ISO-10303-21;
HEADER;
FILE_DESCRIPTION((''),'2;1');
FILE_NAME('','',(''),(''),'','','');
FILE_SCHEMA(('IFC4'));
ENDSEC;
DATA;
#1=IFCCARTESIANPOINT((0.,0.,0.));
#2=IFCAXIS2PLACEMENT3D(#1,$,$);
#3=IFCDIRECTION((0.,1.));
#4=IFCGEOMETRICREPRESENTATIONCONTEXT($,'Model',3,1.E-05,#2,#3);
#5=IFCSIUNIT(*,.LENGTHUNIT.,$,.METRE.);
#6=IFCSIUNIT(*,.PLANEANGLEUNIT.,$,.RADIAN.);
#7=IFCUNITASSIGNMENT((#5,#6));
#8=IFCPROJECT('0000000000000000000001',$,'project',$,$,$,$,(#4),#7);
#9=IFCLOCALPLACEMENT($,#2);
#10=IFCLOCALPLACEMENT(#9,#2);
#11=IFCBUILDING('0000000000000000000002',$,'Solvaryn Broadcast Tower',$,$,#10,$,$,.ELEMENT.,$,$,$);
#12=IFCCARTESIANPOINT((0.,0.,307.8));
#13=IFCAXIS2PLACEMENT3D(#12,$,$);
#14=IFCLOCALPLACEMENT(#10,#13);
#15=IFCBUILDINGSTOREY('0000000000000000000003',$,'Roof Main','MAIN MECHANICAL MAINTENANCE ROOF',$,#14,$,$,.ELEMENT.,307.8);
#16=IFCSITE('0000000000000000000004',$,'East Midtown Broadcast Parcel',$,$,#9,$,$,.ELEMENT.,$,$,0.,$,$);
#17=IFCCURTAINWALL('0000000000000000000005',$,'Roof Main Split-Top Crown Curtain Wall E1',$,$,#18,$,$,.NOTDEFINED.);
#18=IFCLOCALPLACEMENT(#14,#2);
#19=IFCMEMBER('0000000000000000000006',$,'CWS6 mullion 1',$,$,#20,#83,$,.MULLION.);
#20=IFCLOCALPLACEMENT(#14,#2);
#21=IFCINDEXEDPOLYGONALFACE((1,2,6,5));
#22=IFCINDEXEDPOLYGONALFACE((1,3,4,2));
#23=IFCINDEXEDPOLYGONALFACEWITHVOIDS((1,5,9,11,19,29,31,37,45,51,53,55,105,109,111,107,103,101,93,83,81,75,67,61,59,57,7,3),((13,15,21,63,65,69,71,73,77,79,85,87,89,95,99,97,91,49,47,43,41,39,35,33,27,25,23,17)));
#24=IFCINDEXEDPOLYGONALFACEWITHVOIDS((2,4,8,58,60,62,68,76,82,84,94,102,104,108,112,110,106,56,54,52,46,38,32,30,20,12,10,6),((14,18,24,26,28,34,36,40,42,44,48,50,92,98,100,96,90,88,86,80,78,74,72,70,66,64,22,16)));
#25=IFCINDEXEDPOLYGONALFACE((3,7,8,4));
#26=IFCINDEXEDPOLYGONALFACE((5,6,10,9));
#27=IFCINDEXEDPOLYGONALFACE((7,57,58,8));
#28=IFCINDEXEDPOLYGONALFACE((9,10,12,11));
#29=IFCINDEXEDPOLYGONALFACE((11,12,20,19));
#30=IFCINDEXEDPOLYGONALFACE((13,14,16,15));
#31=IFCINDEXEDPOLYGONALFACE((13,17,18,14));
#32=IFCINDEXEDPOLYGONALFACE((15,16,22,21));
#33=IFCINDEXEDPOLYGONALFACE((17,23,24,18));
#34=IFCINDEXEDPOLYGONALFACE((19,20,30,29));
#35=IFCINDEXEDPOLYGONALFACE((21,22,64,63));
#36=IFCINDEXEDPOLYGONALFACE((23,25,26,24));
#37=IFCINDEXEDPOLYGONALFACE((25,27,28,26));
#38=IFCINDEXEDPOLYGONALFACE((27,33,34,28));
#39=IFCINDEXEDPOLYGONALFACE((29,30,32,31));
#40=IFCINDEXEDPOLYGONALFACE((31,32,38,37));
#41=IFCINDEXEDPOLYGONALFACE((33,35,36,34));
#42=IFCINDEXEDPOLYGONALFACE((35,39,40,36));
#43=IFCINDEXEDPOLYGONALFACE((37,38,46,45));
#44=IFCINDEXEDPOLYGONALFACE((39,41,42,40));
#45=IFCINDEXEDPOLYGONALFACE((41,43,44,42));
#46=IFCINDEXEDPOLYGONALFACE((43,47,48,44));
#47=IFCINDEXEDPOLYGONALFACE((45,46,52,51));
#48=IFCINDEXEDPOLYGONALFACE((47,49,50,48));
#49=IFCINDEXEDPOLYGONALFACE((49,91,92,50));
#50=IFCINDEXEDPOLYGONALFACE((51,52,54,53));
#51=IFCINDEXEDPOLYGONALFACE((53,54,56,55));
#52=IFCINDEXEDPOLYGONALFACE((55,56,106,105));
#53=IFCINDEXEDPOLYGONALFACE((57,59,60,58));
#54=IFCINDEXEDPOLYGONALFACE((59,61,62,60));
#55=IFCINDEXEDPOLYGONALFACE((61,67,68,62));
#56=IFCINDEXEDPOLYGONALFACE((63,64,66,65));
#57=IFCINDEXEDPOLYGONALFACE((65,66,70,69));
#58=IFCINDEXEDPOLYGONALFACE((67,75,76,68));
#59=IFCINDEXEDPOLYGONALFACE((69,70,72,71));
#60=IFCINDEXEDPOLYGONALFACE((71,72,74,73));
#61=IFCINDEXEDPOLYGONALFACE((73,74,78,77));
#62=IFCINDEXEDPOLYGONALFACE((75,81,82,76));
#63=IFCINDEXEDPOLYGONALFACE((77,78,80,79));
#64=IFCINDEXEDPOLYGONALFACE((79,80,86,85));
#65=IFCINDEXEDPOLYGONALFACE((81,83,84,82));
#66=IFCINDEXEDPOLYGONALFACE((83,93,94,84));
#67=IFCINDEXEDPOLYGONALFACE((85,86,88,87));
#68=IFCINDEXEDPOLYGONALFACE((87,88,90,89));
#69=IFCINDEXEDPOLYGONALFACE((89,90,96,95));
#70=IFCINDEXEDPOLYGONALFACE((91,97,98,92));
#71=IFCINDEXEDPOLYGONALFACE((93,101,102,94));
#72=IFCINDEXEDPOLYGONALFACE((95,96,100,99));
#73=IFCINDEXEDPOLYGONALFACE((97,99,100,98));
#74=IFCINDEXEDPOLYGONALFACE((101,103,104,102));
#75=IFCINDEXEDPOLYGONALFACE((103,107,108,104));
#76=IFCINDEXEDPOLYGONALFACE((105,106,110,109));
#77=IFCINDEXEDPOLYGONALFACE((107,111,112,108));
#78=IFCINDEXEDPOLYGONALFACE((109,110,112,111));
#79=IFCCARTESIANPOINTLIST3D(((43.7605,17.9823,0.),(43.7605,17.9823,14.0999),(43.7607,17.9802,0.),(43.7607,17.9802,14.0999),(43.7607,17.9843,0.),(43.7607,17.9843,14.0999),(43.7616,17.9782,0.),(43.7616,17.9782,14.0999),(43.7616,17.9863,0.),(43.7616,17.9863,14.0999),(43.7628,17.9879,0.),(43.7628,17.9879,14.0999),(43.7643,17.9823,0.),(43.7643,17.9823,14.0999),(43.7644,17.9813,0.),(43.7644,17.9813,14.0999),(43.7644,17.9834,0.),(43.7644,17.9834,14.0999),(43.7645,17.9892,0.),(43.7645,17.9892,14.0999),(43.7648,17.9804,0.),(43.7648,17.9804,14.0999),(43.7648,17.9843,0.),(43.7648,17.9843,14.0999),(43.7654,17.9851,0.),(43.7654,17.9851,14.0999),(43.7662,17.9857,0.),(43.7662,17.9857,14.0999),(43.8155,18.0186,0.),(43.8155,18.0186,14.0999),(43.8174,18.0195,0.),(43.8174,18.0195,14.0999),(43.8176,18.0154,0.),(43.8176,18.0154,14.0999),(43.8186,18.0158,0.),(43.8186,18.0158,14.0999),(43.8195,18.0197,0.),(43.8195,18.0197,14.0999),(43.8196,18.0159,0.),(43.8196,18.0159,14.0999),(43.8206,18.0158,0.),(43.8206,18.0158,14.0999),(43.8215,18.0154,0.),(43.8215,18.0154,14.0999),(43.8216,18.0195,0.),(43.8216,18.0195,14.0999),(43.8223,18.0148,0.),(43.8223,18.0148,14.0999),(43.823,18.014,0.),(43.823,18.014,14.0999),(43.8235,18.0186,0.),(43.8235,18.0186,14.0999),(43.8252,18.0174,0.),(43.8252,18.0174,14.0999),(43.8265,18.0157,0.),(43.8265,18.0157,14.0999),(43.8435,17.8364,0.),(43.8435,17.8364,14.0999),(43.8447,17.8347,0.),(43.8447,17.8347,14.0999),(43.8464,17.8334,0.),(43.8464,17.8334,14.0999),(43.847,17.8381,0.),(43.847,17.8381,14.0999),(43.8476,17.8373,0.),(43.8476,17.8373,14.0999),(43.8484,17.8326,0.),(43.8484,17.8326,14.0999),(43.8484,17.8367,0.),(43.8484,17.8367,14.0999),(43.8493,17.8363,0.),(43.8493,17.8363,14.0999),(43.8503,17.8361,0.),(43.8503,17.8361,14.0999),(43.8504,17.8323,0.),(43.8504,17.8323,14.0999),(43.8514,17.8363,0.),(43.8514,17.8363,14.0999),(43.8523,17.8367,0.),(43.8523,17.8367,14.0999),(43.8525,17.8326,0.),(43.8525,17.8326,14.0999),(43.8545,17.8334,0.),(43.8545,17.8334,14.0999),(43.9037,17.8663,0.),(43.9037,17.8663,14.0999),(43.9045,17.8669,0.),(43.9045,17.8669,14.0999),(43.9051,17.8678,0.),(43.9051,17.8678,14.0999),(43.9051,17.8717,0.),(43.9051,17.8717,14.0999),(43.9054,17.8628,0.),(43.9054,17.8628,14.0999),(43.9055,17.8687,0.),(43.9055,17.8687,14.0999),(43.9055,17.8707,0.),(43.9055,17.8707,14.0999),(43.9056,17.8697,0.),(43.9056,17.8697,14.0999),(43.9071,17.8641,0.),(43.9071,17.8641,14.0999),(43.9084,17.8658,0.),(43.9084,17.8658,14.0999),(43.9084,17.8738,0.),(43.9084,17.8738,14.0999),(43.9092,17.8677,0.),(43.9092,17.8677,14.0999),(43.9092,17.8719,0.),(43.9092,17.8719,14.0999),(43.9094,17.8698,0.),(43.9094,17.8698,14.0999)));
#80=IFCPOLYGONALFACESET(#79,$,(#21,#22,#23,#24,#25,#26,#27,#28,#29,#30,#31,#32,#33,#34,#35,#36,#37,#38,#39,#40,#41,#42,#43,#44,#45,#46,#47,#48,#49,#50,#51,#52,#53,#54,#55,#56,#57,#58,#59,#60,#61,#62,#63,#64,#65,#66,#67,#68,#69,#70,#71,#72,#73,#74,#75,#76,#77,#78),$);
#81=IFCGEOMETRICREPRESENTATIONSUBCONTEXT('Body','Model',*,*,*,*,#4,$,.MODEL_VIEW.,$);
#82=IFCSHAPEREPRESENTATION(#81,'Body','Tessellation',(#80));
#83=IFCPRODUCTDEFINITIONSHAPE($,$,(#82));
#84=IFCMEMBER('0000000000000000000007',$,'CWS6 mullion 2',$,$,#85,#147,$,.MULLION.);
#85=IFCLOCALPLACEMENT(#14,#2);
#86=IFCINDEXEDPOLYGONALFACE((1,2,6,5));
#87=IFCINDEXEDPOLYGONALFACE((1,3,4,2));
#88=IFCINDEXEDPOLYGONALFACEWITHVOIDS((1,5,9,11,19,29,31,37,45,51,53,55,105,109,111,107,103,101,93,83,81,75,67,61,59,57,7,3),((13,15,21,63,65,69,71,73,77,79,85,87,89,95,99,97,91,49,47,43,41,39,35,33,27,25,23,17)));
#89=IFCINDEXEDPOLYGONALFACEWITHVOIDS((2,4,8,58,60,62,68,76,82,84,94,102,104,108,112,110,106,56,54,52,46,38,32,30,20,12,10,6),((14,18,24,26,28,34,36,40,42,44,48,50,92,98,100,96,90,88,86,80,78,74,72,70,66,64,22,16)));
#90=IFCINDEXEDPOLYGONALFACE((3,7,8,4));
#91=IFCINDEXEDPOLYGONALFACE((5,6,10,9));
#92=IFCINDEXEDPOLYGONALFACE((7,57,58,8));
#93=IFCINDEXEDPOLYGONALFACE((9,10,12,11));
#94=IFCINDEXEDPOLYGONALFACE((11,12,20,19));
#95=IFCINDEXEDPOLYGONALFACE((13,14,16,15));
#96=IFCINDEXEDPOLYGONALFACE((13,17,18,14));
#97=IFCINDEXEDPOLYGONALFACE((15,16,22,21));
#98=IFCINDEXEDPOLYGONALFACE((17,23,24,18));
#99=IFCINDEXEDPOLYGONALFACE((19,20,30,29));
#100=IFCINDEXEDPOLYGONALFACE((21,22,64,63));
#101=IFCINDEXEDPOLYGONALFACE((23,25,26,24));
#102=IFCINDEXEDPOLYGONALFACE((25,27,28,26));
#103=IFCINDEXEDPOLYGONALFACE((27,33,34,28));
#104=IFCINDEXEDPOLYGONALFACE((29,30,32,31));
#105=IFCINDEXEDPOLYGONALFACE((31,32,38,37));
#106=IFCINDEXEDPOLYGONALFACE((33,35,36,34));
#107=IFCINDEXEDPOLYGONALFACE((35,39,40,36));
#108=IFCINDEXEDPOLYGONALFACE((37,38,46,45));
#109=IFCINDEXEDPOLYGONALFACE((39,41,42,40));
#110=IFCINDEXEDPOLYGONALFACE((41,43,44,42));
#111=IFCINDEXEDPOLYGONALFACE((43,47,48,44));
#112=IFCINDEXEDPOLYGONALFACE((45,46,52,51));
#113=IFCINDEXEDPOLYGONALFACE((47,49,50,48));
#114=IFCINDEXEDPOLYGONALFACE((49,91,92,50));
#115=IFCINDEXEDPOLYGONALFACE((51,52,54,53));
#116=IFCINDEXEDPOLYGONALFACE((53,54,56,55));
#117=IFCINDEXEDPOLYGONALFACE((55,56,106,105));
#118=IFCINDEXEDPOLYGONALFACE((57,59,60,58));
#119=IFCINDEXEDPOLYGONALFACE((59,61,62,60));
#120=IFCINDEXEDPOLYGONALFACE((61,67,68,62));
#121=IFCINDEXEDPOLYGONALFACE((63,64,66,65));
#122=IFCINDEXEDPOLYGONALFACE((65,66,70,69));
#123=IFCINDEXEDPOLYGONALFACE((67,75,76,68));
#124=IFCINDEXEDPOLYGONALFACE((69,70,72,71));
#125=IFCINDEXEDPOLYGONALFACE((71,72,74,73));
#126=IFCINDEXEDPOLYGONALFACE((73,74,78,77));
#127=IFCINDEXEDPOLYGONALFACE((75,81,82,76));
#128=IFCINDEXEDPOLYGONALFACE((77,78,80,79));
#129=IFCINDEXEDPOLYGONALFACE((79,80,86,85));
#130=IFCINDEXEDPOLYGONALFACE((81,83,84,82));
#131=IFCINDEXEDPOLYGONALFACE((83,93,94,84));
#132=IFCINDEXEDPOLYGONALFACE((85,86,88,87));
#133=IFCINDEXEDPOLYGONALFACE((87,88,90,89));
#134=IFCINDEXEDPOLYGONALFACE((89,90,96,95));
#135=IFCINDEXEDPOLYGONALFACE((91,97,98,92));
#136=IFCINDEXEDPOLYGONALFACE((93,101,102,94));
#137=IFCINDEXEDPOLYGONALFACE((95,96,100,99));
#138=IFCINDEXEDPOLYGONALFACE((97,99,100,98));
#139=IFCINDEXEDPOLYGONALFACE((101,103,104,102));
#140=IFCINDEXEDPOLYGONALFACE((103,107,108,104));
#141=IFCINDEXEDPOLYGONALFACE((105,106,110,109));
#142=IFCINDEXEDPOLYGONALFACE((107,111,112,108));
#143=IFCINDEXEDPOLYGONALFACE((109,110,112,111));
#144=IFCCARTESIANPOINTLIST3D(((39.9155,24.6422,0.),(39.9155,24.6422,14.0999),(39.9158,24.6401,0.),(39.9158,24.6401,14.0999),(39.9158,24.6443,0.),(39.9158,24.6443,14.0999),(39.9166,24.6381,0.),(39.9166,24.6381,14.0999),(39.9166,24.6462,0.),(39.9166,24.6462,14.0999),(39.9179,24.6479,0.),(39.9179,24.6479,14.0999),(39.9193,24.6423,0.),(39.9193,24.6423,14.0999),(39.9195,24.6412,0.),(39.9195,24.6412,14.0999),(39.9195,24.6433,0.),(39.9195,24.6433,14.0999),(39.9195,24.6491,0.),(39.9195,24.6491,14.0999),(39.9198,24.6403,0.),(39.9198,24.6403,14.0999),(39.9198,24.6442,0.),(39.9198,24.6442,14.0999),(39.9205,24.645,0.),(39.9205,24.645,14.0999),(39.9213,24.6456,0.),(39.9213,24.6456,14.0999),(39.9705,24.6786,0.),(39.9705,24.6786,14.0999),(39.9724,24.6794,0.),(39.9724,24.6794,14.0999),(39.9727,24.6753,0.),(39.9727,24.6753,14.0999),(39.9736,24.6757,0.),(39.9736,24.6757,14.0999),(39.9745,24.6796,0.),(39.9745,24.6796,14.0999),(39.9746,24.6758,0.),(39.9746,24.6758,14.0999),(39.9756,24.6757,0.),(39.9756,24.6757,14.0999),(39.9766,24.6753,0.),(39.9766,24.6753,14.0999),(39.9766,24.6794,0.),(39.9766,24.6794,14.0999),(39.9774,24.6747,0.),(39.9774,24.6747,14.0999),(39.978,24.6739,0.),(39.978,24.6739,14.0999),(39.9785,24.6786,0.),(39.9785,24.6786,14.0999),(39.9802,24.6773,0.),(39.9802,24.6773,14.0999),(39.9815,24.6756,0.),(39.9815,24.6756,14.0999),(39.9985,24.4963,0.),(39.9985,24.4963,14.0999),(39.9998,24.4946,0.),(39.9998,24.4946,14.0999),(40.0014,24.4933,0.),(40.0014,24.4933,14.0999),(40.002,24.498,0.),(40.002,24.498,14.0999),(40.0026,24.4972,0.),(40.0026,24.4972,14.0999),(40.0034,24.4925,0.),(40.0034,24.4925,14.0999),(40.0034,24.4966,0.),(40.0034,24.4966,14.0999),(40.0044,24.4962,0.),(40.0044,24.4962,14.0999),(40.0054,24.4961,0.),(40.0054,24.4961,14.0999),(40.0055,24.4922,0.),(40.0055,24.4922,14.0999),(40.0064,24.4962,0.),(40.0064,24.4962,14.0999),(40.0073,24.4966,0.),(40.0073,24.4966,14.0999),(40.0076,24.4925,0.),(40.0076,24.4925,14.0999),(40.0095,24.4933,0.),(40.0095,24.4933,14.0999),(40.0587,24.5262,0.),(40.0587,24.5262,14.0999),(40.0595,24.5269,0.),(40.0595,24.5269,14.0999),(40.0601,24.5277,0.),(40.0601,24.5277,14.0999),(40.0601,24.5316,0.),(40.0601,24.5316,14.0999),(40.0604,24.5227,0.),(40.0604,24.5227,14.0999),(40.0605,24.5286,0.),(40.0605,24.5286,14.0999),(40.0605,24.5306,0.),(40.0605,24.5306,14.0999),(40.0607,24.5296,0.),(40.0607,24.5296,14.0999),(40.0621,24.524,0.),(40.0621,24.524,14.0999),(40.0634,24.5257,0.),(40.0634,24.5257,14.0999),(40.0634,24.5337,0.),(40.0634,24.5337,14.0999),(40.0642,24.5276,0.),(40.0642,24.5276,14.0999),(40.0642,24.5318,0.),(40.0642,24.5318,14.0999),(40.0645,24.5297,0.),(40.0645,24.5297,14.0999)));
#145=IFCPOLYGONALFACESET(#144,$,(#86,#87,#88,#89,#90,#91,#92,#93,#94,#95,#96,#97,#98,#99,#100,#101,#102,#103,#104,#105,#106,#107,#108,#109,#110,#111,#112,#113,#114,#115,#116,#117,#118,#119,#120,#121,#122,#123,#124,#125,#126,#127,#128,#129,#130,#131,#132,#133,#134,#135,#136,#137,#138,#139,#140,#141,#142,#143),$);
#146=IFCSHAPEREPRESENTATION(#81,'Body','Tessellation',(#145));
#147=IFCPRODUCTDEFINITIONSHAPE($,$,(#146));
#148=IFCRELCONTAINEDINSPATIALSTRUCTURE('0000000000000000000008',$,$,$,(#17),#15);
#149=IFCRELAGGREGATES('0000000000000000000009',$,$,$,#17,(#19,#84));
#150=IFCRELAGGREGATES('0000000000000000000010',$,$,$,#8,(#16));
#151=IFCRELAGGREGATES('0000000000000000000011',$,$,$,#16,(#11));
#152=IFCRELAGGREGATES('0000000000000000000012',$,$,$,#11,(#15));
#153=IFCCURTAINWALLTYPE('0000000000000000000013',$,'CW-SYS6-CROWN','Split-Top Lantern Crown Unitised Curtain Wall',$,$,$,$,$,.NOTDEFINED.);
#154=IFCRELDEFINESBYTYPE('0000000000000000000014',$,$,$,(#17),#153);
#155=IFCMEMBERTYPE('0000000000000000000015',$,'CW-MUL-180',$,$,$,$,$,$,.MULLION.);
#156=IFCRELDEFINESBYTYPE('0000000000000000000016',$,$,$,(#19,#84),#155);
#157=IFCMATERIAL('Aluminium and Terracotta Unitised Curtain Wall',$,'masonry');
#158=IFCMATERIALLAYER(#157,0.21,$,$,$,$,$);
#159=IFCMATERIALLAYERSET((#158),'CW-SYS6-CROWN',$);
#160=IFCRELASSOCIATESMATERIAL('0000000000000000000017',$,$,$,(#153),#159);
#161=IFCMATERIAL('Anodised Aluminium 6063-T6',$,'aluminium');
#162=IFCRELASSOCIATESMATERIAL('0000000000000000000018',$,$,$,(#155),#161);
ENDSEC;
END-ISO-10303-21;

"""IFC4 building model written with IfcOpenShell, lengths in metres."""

from ifc_helpers import new_model, si_unit, direction, frame, origin, origin_2d, place, context, subcontext, project, spatial, hollow_rectangle, extrude, material, layer, layer_set, material_profile, profile_set, type_object, element, aggregate, save


model = new_model("IFC4")

# Units and contexts
model_context = context("Model", 3, precision=1e-05, world=origin(), true_north=direction((0.0, 1.0)))
body_context = subcontext(model_context, "Body", "Model", "MODEL_VIEW")
ifc_project = project(units=[si_unit("LENGTHUNIT", "METRE"), si_unit("PLANEANGLEUNIT", "RADIAN")], contexts=[model_context])

# Site, building, storey
site_placement = place(None, origin())
site = spatial("IfcSite", under=ifc_project, at=site_placement, Name="East Midtown Broadcast Parcel", CompositionType="ELEMENT", RefElevation=0.0)
building_placement = place(site_placement, origin())
building = spatial("IfcBuilding", under=site, at=building_placement, Name="Solvaryn Broadcast Tower", CompositionType="ELEMENT")
storey_placement = place(building_placement, frame((0.0, 0.0, 307.8)))
storey = spatial("IfcBuildingStorey", under=building, at=storey_placement, Name="Roof Main", Description="MAIN MECHANICAL MAINTENANCE ROOF", CompositionType="ELEMENT", Elevation=307.8)

# Curtain wall, members
ifc_material_1 = material(Name="Aluminium and Terracotta Unitised Curtain Wall", Category="masonry")
ifc_layer_1 = layer(ifc_material_1, 0.21)
ifc_layer_set_1 = layer_set([ifc_layer_1], Name="CW-SYS6-CROWN")
curtain_wall_type = type_object("IfcCurtainWallType", Name="CW-SYS6-CROWN", Description="Split-Top Lantern Crown Unitised Curtain Wall", PredefinedType="NOTDEFINED", material=ifc_layer_set_1)
curtain_wall_1_placement = place(storey_placement, origin())
curtain_wall_1 = element("IfcCurtainWall", 1, at=curtain_wall_1_placement, inside=storey, type_object=curtain_wall_type, Name="Roof Main Split-Top Crown Curtain Wall E1", PredefinedType="NOTDEFINED")
ifc_material_2 = material(Name="Anodised Aluminium 6063-T6", Category="aluminium")
ifc_material_profile_1 = material_profile(ifc_material_2, hollow_rectangle(XDim=0.075, YDim=0.1799, WallThickness=0.0039, InnerFilletRadius=0.0039, OuterFilletRadius=0.0081, at=origin_2d()))
ifc_profile_set_1 = profile_set([ifc_material_profile_1], Name="Anodised Aluminium 6063-T6")
member_type_1 = type_object("IfcMemberType", Name="CW-MUL-180", PredefinedType="MULLION", material=ifc_profile_set_1)
member_1_placement = place(storey_placement, frame((43.835, 17.926, 0.0), z_axis=(0.0, 0.0, 1.0), x_axis=(-0.866035, -0.499983, 0.0)))
member_1 = element("IfcMember", 2, at=member_1_placement, type_object=member_type_1, Name="CWS6 mullion 1", PredefinedType="MULLION", context=body_context, shape_type="SweptSolid", body=[
    extrude(hollow_rectangle(XDim=0.075, YDim=0.1799, WallThickness=0.0039, InnerFilletRadius=0.0039, OuterFilletRadius=0.0081, at=origin_2d()), origin(), (0.0, 0.0, 1.0), 14.0999),
])
member_2_placement = place(storey_placement, frame((39.99, 24.5859, 0.0), z_axis=(0.0, 0.0, 1.0), x_axis=(-0.866035, -0.499983, 0.0)))
member_2 = element("IfcMember", 3, at=member_2_placement, type_object=member_type_1, Name="CWS6 mullion 2", PredefinedType="MULLION", context=body_context, shape_type="SweptSolid", body=[
    extrude(hollow_rectangle(XDim=0.075, YDim=0.1799, WallThickness=0.0039, InnerFilletRadius=0.0039, OuterFilletRadius=0.0081, at=origin_2d()), origin(), (0.0, 0.0, 1.0), 14.0999),
])

aggregate(curtain_wall_1, [member_1, member_2])

save(model, "model.ifc")
